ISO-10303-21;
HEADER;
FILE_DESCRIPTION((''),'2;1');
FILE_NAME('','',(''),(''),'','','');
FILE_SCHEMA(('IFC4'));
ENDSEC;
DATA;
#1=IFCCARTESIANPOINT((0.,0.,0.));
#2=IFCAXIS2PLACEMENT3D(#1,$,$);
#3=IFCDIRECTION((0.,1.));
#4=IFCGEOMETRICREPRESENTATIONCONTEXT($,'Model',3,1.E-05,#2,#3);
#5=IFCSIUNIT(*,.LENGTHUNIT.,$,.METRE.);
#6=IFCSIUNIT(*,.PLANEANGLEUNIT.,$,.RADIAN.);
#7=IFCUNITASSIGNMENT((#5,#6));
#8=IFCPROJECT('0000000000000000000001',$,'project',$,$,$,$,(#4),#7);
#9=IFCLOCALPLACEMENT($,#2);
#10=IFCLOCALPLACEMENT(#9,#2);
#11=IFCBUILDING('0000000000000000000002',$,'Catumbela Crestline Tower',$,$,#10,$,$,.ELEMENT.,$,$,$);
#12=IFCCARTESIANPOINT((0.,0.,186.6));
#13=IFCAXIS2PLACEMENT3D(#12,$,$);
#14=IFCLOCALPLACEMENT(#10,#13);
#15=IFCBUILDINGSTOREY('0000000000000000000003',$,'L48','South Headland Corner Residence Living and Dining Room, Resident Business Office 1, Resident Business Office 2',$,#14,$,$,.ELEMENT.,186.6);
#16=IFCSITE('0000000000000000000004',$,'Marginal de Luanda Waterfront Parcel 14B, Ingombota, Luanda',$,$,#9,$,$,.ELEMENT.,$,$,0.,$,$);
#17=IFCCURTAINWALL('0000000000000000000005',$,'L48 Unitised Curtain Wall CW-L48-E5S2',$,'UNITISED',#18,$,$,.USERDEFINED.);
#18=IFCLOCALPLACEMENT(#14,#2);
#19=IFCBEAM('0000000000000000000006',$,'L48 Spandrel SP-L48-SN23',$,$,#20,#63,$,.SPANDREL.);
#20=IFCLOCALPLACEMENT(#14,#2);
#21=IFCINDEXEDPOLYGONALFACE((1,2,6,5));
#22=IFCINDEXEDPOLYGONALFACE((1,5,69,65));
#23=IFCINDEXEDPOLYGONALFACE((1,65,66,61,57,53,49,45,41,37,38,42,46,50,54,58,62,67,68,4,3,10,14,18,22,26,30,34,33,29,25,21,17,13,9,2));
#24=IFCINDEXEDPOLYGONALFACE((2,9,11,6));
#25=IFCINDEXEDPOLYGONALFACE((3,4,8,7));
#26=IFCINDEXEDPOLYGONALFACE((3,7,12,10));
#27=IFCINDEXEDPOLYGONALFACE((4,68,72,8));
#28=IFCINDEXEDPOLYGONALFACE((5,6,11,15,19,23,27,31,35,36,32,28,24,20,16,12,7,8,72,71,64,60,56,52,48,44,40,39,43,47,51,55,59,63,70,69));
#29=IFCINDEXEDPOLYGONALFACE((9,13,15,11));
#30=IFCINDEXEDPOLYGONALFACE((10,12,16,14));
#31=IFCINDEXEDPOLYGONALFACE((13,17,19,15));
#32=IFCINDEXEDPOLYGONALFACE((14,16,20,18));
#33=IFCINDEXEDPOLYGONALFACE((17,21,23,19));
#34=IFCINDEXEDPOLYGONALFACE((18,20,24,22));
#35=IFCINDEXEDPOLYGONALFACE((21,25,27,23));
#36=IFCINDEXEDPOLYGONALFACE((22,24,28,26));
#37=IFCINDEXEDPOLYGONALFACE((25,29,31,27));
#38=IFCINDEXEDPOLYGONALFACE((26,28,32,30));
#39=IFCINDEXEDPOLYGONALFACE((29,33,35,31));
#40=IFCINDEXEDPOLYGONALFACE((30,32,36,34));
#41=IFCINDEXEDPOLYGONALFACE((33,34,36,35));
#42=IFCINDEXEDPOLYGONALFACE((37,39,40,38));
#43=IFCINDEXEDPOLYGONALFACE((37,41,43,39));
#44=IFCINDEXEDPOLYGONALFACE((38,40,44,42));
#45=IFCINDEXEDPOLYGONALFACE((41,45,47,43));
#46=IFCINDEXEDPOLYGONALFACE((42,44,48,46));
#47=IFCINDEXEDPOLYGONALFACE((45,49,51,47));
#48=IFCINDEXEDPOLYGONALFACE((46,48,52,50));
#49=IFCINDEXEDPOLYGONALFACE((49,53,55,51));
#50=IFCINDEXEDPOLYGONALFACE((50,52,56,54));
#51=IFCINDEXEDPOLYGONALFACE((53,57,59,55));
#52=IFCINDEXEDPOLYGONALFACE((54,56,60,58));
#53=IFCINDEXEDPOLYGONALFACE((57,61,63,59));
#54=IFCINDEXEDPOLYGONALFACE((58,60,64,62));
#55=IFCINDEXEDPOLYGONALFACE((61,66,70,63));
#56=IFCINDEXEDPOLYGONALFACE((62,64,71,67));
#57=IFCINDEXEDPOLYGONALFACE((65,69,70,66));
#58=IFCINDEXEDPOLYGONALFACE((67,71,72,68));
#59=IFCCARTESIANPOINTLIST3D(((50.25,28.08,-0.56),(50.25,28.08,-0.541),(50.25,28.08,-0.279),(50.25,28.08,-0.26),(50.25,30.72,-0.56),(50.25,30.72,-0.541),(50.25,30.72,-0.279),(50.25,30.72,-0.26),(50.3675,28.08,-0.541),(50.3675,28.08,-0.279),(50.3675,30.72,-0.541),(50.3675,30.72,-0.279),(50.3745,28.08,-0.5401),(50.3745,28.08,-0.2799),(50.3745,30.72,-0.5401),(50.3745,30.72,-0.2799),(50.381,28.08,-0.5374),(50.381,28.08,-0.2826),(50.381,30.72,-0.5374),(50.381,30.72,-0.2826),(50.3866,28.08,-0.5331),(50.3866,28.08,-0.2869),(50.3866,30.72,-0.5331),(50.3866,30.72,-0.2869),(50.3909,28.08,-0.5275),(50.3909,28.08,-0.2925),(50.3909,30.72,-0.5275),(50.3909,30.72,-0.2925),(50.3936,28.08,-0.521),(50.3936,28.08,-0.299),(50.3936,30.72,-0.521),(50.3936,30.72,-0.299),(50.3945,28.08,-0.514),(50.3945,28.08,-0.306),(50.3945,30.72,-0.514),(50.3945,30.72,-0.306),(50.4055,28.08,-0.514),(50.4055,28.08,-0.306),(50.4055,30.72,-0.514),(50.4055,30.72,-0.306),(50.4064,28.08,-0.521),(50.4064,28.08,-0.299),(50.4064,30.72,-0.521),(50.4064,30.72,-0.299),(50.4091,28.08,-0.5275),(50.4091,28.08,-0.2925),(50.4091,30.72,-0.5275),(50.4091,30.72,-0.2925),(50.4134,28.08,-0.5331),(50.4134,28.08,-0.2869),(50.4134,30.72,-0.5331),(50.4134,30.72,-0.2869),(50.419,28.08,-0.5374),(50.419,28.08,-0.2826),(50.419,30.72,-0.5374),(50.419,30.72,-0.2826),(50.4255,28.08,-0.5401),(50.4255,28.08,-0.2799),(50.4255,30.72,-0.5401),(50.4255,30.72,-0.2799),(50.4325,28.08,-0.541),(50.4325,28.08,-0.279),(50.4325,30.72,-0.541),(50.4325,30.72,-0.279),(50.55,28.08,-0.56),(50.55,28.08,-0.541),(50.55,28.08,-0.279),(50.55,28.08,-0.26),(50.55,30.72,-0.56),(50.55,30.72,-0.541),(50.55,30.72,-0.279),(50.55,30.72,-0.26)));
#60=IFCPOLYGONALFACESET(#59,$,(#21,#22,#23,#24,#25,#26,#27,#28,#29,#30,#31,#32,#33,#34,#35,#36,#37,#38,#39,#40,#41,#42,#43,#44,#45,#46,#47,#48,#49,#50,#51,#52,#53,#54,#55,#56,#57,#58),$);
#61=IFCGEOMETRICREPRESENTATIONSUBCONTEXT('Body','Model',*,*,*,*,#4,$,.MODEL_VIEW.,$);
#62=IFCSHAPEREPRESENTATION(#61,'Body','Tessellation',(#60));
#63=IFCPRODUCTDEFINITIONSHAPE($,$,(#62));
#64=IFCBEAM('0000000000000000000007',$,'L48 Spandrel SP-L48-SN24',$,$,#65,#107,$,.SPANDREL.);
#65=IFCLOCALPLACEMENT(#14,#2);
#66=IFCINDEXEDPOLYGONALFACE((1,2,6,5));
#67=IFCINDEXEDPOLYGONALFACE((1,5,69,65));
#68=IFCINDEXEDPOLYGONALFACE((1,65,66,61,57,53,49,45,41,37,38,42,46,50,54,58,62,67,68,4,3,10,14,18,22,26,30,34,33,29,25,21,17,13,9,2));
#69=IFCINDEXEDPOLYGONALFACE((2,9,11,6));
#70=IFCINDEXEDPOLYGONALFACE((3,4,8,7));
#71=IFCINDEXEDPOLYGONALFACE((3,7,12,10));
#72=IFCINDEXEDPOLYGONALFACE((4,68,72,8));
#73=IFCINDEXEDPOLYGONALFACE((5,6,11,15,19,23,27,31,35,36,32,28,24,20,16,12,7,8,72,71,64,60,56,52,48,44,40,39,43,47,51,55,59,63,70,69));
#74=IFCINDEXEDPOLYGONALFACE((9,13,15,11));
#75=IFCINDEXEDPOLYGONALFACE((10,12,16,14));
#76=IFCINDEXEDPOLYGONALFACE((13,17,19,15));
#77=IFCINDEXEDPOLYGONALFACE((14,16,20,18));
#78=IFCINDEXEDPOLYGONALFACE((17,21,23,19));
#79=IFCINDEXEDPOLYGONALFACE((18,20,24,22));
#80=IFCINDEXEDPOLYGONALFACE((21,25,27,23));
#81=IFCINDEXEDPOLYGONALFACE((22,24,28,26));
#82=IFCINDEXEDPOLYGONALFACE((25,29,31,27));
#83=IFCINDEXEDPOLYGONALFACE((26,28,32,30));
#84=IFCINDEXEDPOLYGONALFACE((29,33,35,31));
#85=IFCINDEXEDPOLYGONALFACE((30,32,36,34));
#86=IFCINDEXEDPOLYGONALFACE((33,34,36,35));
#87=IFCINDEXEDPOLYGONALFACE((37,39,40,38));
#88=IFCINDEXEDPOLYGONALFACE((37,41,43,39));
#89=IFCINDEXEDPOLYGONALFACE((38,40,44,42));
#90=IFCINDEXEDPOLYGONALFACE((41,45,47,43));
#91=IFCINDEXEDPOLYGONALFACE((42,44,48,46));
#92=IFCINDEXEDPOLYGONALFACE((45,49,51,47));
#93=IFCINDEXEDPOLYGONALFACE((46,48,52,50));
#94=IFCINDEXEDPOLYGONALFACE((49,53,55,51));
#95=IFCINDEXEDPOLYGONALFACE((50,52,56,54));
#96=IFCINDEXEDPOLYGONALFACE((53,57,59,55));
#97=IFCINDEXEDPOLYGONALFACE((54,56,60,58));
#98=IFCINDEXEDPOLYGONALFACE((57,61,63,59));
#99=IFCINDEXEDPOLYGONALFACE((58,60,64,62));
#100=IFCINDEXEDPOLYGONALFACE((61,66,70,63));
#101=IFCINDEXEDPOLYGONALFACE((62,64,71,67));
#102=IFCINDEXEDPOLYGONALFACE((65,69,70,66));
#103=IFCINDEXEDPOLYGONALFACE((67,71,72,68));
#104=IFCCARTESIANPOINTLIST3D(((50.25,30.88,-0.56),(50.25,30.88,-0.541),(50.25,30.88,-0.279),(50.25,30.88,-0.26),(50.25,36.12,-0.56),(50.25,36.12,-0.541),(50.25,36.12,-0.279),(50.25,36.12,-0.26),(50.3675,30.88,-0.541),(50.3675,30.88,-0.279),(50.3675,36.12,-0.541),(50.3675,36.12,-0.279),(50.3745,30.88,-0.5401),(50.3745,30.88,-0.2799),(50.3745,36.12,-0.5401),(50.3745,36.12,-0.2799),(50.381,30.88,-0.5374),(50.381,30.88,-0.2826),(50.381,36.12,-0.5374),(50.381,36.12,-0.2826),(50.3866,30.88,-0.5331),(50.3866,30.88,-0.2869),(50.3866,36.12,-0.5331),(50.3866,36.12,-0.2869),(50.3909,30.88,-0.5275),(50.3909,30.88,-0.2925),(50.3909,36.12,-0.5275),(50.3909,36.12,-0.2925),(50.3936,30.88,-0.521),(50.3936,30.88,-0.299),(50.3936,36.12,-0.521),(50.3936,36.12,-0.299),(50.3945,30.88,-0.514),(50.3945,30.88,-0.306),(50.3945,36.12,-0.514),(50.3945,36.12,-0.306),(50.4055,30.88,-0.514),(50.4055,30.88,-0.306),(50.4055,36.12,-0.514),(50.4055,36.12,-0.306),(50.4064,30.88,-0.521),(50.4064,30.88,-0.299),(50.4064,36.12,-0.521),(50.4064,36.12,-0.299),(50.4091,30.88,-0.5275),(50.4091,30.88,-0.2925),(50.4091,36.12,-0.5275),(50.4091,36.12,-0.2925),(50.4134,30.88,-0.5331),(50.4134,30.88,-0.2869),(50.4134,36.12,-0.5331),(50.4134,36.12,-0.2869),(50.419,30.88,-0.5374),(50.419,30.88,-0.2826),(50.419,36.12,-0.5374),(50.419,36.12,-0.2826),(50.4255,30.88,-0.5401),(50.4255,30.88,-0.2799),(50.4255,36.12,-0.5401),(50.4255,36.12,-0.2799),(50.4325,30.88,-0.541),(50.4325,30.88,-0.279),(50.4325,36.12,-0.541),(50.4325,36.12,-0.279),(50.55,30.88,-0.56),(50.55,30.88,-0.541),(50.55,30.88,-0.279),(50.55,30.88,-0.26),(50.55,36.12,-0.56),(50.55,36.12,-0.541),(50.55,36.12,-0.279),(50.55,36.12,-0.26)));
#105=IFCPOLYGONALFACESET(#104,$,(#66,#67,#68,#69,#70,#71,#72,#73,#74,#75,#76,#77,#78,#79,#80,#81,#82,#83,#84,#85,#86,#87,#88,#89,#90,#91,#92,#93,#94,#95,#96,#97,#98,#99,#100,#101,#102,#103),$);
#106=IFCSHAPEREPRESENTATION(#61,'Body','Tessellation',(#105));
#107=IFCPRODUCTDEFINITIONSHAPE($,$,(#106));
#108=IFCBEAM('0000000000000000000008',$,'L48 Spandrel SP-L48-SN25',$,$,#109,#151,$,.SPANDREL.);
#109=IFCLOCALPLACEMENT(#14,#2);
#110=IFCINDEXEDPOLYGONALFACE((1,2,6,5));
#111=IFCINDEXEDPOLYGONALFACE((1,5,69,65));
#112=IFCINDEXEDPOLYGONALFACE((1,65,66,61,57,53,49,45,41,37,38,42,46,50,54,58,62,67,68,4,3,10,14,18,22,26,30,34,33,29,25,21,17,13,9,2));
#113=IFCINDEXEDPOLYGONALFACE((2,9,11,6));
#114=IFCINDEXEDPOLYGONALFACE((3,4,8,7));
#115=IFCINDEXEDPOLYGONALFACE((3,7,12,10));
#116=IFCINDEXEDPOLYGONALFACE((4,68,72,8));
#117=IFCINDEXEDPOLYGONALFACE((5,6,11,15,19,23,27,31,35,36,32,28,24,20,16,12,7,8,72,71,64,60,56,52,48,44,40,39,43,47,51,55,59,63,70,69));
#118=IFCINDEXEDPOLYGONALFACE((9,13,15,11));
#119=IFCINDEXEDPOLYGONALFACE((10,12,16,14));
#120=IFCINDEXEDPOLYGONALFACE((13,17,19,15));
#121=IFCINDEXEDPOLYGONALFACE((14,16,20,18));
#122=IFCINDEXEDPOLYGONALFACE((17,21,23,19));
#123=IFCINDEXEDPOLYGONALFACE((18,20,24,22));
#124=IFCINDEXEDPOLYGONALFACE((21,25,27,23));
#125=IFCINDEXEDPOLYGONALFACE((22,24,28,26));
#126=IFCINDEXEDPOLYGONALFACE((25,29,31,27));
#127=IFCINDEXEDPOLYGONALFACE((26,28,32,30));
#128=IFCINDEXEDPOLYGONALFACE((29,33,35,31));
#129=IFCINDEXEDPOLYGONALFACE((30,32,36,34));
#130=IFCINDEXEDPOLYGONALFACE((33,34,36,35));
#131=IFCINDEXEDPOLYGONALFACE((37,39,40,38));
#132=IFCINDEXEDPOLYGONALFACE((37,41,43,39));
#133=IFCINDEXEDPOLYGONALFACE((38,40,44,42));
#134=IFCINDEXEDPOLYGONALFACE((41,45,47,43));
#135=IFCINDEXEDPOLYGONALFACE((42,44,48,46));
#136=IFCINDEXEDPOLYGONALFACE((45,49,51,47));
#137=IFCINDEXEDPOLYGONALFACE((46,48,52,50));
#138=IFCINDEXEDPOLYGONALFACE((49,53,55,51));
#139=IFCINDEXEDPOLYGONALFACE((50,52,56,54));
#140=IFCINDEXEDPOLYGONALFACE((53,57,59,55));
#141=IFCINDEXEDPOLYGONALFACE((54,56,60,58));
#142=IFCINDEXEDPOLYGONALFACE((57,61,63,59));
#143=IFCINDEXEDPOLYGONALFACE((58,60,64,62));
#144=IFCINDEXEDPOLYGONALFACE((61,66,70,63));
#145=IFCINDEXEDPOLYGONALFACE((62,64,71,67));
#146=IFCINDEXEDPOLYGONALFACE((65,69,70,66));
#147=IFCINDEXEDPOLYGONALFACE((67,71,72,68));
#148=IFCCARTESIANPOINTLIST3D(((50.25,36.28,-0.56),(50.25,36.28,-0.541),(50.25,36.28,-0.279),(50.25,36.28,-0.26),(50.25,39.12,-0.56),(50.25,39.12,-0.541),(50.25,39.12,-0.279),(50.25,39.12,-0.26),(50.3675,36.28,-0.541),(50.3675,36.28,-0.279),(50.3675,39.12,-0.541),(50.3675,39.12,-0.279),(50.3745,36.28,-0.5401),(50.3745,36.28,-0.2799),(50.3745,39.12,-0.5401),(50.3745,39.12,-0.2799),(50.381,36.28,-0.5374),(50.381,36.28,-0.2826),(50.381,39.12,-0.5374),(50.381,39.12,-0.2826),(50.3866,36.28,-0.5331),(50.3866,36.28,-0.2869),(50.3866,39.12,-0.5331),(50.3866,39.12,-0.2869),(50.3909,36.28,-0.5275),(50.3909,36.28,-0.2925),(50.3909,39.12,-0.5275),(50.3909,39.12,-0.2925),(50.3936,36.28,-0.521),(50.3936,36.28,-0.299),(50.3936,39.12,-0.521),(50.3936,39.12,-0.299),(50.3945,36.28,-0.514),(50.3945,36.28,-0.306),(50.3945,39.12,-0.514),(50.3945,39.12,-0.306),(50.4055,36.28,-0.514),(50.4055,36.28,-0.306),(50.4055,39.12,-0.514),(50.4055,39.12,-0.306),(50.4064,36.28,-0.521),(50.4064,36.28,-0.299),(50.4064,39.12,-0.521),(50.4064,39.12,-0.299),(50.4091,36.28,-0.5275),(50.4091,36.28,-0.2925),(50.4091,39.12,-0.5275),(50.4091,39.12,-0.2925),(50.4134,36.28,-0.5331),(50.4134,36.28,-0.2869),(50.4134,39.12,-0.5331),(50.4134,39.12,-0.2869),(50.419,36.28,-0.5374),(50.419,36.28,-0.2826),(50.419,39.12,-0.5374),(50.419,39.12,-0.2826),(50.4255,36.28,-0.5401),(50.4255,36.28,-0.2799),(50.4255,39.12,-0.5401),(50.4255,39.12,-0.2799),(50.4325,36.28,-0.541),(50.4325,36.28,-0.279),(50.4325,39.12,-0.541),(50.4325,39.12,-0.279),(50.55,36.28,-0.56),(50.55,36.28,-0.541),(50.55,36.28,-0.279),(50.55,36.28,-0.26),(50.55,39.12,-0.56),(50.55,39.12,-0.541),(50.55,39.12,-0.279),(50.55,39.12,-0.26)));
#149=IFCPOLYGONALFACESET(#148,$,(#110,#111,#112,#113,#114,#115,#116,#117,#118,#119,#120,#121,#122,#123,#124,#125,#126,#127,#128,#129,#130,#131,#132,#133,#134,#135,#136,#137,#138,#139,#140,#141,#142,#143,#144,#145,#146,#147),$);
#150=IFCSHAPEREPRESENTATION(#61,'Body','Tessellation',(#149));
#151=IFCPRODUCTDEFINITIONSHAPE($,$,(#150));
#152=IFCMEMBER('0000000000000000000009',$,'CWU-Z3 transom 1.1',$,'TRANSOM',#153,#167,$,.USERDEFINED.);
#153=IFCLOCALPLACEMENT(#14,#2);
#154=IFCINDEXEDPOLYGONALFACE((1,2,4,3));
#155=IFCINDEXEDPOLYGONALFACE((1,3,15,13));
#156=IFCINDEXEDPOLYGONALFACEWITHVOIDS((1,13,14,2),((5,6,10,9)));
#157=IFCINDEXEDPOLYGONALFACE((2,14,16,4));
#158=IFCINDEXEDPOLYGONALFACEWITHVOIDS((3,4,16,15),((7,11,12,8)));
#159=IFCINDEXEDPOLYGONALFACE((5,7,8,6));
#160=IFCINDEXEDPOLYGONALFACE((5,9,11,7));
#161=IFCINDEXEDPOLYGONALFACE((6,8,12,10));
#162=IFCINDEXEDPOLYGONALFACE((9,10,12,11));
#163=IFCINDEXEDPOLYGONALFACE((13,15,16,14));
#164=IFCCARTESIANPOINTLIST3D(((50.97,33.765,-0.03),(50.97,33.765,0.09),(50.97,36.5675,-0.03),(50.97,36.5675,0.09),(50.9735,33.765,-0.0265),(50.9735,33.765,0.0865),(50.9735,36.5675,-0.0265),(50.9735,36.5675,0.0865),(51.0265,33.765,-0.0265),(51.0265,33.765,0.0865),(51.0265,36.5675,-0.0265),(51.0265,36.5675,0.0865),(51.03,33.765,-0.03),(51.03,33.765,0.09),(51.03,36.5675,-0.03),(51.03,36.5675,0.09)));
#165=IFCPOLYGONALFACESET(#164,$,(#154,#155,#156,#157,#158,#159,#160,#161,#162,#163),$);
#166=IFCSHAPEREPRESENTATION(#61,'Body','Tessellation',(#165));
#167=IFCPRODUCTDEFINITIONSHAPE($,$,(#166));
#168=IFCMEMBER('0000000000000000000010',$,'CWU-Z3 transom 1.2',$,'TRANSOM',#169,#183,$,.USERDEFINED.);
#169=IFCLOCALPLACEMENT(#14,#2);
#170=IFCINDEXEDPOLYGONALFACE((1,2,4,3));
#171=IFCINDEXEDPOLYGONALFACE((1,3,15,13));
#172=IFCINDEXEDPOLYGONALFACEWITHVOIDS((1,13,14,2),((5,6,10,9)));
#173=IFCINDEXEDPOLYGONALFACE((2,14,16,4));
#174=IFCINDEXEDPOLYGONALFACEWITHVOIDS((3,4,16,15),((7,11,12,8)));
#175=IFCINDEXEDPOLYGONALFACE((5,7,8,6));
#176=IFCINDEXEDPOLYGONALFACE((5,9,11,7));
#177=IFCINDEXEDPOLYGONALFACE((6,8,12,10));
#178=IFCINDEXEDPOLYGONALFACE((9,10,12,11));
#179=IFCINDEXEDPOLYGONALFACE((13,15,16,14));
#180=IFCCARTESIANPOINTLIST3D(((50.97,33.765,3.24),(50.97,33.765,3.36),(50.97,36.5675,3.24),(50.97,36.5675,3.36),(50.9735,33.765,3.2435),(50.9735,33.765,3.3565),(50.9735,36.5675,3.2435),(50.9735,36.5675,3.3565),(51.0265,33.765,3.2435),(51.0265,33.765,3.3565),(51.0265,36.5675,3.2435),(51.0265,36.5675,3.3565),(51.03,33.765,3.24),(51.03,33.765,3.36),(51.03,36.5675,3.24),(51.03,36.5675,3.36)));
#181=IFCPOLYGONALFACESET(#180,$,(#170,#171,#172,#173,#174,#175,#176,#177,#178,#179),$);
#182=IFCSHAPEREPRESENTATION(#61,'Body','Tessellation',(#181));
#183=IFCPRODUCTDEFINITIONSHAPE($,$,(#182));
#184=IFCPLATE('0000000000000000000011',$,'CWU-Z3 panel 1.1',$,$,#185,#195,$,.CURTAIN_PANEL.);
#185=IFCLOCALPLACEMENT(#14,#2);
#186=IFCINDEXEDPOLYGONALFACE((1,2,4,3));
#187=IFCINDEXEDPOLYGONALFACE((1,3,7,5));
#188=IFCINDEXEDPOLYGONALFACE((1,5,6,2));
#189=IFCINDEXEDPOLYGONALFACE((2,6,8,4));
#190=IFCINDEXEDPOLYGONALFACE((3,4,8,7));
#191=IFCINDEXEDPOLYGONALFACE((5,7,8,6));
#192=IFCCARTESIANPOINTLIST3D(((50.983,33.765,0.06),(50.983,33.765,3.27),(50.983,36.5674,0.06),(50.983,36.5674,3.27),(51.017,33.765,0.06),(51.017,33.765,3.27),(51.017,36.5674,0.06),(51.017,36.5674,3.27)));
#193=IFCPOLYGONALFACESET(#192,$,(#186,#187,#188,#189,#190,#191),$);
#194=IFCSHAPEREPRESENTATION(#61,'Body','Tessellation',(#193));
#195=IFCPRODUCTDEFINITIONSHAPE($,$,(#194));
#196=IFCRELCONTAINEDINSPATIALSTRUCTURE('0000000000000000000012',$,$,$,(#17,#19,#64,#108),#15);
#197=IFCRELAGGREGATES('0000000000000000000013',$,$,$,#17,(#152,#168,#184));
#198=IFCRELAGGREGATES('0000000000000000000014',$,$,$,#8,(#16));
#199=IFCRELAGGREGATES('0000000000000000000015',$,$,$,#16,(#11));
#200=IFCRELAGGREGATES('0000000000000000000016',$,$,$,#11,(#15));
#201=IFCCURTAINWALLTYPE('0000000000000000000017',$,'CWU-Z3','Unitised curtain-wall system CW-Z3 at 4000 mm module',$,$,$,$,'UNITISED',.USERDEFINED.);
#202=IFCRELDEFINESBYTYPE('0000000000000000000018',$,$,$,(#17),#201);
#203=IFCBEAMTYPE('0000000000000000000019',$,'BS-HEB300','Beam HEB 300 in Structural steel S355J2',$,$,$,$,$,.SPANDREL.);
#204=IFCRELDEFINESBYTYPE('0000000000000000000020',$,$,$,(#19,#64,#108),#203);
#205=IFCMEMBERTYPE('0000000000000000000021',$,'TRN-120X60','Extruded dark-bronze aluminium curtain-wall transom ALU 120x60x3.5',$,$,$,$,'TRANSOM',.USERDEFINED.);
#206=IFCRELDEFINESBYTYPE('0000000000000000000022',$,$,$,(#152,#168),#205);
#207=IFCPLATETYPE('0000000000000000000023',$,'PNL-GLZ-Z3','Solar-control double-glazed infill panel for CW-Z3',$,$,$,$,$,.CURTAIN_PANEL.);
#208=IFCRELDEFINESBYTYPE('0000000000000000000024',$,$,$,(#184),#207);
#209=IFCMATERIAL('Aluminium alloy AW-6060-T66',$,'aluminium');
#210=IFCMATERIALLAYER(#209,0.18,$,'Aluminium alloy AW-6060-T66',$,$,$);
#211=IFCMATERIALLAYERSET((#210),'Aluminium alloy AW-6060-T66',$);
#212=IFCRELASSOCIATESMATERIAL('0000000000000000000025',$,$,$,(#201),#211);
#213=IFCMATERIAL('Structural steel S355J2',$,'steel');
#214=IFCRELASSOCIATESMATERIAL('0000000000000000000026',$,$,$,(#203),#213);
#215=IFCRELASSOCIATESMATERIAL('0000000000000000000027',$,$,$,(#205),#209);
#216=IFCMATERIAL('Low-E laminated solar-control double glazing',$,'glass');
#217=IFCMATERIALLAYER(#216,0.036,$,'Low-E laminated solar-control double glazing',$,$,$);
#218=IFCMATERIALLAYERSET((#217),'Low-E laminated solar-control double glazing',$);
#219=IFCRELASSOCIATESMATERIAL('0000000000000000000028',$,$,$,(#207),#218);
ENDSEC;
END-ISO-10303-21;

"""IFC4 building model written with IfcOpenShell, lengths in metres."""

from ifc_helpers import new_model, si_unit, direction, frame, origin, origin_2d, place, context, subcontext, project, spatial, rectangle, hollow_rectangle, i_section, extrude, material, layer, layer_set, material_profile, profile_set, type_object, element, aggregate, save


model = new_model("IFC4")

# Units and contexts
model_context = context("Model", 3, precision=1e-05, world=origin(), true_north=direction((0.0, 1.0)))
body_context = subcontext(model_context, "Body", "Model", "MODEL_VIEW")
ifc_project = project(units=[si_unit("LENGTHUNIT", "METRE"), si_unit("PLANEANGLEUNIT", "RADIAN")], contexts=[model_context])

# Site, building, storey
site_placement = place(None, origin())
site = spatial("IfcSite", under=ifc_project, at=site_placement, Name="Marginal de Luanda Waterfront Parcel 14B, Ingombota, Luanda", CompositionType="ELEMENT", RefElevation=0.0)
building_placement = place(site_placement, origin())
building = spatial("IfcBuilding", under=site, at=building_placement, Name="Catumbela Crestline Tower", CompositionType="ELEMENT")
storey_placement = place(building_placement, frame((0.0, 0.0, 186.6)))
storey = spatial("IfcBuildingStorey", under=building, at=storey_placement, Name="L48", Description="South Headland Corner Residence Living and Dining Room, Resident Business Office 1, Resident Business Office 2", CompositionType="ELEMENT", Elevation=186.6)

# Shared definitions
ifc_material_1 = material(Name="Structural steel S355J2", Category="steel")

# Curtain wall
ifc_material_2 = material(Name="Aluminium alloy AW-6060-T66", Category="aluminium")
ifc_layer_1 = layer(ifc_material_2, 0.18, Name="Aluminium alloy AW-6060-T66")
ifc_layer_set_1 = layer_set([ifc_layer_1], Name="Aluminium alloy AW-6060-T66")
curtain_wall_type = type_object("IfcCurtainWallType", Name="CWU-Z3", Description="Unitised curtain-wall system CW-Z3 at 4000 mm module", ElementType="UNITISED", PredefinedType="USERDEFINED", material=ifc_layer_set_1)
curtain_wall_placement = place(storey_placement, origin())
curtain_wall = element("IfcCurtainWall", 1, at=curtain_wall_placement, inside=storey, type_object=curtain_wall_type, Name="L48 Unitised Curtain Wall CW-L48-E5S2", ObjectType="UNITISED", PredefinedType="USERDEFINED")

# Beams
ifc_material_profile_1 = material_profile(ifc_material_1, i_section(OverallWidth=0.3, OverallDepth=0.3, WebThickness=0.011, FlangeThickness=0.019, FilletRadius=0.027, at=origin_2d()), Name="HEB 300")
ifc_profile_set_1 = profile_set([ifc_material_profile_1], Name="Structural steel S355J2")
beam_type_1 = type_object("IfcBeamType", Name="BS-HEB300", Description="Beam HEB 300 in Structural steel S355J2", PredefinedType="SPANDREL", material=ifc_profile_set_1)
beam_1_placement = place(storey_placement, frame((50.4, 28.08, -0.41), z_axis=(0.0, 1.0, 0.0), x_axis=(-1.0, 0.0, 0.0)))
element("IfcBeam", 2, at=beam_1_placement, inside=storey, type_object=beam_type_1, Name="L48 Spandrel SP-L48-SN23", PredefinedType="SPANDREL", context=body_context, shape_type="SweptSolid", body=[
    extrude(i_section(OverallWidth=0.3, OverallDepth=0.3, WebThickness=0.011, FlangeThickness=0.019, FilletRadius=0.027, at=origin_2d()), origin(), (0.0, 0.0, 1.0), 2.64),
])
beam_2_placement = place(storey_placement, frame((50.4, 30.88, -0.41), z_axis=(0.0, 1.0, 0.0), x_axis=(-1.0, 0.0, 0.0)))
element("IfcBeam", 3, at=beam_2_placement, inside=storey, type_object=beam_type_1, Name="L48 Spandrel SP-L48-SN24", PredefinedType="SPANDREL", context=body_context, shape_type="SweptSolid", body=[
    extrude(i_section(OverallWidth=0.3, OverallDepth=0.3, WebThickness=0.011, FlangeThickness=0.019, FilletRadius=0.027, at=origin_2d()), origin(), (0.0, 0.0, 1.0), 5.24),
])
beam_3_placement = place(storey_placement, frame((50.4, 36.28, -0.41), z_axis=(0.0, 1.0, 0.0), x_axis=(-1.0, 0.0, 0.0)))
element("IfcBeam", 4, at=beam_3_placement, inside=storey, type_object=beam_type_1, Name="L48 Spandrel SP-L48-SN25", PredefinedType="SPANDREL", context=body_context, shape_type="SweptSolid", body=[
    extrude(i_section(OverallWidth=0.3, OverallDepth=0.3, WebThickness=0.011, FlangeThickness=0.019, FilletRadius=0.027, at=origin_2d()), origin(), (0.0, 0.0, 1.0), 2.84),
])

# Members
ifc_material_profile_2 = material_profile(ifc_material_2, hollow_rectangle(XDim=0.06, YDim=0.12, WallThickness=0.0035, at=origin_2d()), Name="ALU 120x60x3.5")
ifc_profile_set_2 = profile_set([ifc_material_profile_2], Name="Aluminium alloy AW-6060-T66")
member_type_1 = type_object("IfcMemberType", Name="TRN-120X60", Description="Extruded dark-bronze aluminium curtain-wall transom ALU 120x60x3.5", ElementType="TRANSOM", PredefinedType="USERDEFINED", material=ifc_profile_set_2)
member_1_placement = place(storey_placement, frame((51.0, 33.765, 0.03), z_axis=(0.0, 1.0, 0.0), x_axis=(-1.0, 0.0, 0.0)))
member_1 = element("IfcMember", 5, at=member_1_placement, type_object=member_type_1, Name="CWU-Z3 transom 1.1", ObjectType="TRANSOM", PredefinedType="USERDEFINED", context=body_context, shape_type="SweptSolid", body=[
    extrude(hollow_rectangle(XDim=0.06, YDim=0.12, WallThickness=0.0035, at=origin_2d()), origin(), (0.0, 0.0, 1.0), 2.8025),
])
member_2_placement = place(storey_placement, frame((51.0, 33.765, 3.3), z_axis=(0.0, 1.0, 0.0), x_axis=(-1.0, 0.0, 0.0)))
member_2 = element("IfcMember", 6, at=member_2_placement, type_object=member_type_1, Name="CWU-Z3 transom 1.2", ObjectType="TRANSOM", PredefinedType="USERDEFINED", context=body_context, shape_type="SweptSolid", body=[
    extrude(hollow_rectangle(XDim=0.06, YDim=0.12, WallThickness=0.0035, at=origin_2d()), origin(), (0.0, 0.0, 1.0), 2.8025),
])

# Plate
ifc_material_3 = material(Name="Low-E laminated solar-control double glazing", Category="glass")
ifc_layer_2 = layer(ifc_material_3, 0.036, Name="Low-E laminated solar-control double glazing")
ifc_layer_set_2 = layer_set([ifc_layer_2], Name="Low-E laminated solar-control double glazing")
plate_type = type_object("IfcPlateType", Name="PNL-GLZ-Z3", Description="Solar-control double-glazed infill panel for CW-Z3", PredefinedType="CURTAIN_PANEL", material=ifc_layer_set_2)
plate_placement = place(storey_placement, frame((51.0, 35.1662, 0.06), z_axis=(0.0, 0.0, 1.0), x_axis=(0.0, 1.0, 0.0)))
plate = element("IfcPlate", 7, at=plate_placement, type_object=plate_type, Name="CWU-Z3 panel 1.1", PredefinedType="CURTAIN_PANEL", context=body_context, shape_type="SweptSolid", body=[
    extrude(rectangle(XDim=2.8025, YDim=0.034, at=origin_2d()), origin(), (0.0, 0.0, 1.0), 3.21),
])
aggregate(curtain_wall, [member_1, member_2, plate])

save(model, "model.ifc")
